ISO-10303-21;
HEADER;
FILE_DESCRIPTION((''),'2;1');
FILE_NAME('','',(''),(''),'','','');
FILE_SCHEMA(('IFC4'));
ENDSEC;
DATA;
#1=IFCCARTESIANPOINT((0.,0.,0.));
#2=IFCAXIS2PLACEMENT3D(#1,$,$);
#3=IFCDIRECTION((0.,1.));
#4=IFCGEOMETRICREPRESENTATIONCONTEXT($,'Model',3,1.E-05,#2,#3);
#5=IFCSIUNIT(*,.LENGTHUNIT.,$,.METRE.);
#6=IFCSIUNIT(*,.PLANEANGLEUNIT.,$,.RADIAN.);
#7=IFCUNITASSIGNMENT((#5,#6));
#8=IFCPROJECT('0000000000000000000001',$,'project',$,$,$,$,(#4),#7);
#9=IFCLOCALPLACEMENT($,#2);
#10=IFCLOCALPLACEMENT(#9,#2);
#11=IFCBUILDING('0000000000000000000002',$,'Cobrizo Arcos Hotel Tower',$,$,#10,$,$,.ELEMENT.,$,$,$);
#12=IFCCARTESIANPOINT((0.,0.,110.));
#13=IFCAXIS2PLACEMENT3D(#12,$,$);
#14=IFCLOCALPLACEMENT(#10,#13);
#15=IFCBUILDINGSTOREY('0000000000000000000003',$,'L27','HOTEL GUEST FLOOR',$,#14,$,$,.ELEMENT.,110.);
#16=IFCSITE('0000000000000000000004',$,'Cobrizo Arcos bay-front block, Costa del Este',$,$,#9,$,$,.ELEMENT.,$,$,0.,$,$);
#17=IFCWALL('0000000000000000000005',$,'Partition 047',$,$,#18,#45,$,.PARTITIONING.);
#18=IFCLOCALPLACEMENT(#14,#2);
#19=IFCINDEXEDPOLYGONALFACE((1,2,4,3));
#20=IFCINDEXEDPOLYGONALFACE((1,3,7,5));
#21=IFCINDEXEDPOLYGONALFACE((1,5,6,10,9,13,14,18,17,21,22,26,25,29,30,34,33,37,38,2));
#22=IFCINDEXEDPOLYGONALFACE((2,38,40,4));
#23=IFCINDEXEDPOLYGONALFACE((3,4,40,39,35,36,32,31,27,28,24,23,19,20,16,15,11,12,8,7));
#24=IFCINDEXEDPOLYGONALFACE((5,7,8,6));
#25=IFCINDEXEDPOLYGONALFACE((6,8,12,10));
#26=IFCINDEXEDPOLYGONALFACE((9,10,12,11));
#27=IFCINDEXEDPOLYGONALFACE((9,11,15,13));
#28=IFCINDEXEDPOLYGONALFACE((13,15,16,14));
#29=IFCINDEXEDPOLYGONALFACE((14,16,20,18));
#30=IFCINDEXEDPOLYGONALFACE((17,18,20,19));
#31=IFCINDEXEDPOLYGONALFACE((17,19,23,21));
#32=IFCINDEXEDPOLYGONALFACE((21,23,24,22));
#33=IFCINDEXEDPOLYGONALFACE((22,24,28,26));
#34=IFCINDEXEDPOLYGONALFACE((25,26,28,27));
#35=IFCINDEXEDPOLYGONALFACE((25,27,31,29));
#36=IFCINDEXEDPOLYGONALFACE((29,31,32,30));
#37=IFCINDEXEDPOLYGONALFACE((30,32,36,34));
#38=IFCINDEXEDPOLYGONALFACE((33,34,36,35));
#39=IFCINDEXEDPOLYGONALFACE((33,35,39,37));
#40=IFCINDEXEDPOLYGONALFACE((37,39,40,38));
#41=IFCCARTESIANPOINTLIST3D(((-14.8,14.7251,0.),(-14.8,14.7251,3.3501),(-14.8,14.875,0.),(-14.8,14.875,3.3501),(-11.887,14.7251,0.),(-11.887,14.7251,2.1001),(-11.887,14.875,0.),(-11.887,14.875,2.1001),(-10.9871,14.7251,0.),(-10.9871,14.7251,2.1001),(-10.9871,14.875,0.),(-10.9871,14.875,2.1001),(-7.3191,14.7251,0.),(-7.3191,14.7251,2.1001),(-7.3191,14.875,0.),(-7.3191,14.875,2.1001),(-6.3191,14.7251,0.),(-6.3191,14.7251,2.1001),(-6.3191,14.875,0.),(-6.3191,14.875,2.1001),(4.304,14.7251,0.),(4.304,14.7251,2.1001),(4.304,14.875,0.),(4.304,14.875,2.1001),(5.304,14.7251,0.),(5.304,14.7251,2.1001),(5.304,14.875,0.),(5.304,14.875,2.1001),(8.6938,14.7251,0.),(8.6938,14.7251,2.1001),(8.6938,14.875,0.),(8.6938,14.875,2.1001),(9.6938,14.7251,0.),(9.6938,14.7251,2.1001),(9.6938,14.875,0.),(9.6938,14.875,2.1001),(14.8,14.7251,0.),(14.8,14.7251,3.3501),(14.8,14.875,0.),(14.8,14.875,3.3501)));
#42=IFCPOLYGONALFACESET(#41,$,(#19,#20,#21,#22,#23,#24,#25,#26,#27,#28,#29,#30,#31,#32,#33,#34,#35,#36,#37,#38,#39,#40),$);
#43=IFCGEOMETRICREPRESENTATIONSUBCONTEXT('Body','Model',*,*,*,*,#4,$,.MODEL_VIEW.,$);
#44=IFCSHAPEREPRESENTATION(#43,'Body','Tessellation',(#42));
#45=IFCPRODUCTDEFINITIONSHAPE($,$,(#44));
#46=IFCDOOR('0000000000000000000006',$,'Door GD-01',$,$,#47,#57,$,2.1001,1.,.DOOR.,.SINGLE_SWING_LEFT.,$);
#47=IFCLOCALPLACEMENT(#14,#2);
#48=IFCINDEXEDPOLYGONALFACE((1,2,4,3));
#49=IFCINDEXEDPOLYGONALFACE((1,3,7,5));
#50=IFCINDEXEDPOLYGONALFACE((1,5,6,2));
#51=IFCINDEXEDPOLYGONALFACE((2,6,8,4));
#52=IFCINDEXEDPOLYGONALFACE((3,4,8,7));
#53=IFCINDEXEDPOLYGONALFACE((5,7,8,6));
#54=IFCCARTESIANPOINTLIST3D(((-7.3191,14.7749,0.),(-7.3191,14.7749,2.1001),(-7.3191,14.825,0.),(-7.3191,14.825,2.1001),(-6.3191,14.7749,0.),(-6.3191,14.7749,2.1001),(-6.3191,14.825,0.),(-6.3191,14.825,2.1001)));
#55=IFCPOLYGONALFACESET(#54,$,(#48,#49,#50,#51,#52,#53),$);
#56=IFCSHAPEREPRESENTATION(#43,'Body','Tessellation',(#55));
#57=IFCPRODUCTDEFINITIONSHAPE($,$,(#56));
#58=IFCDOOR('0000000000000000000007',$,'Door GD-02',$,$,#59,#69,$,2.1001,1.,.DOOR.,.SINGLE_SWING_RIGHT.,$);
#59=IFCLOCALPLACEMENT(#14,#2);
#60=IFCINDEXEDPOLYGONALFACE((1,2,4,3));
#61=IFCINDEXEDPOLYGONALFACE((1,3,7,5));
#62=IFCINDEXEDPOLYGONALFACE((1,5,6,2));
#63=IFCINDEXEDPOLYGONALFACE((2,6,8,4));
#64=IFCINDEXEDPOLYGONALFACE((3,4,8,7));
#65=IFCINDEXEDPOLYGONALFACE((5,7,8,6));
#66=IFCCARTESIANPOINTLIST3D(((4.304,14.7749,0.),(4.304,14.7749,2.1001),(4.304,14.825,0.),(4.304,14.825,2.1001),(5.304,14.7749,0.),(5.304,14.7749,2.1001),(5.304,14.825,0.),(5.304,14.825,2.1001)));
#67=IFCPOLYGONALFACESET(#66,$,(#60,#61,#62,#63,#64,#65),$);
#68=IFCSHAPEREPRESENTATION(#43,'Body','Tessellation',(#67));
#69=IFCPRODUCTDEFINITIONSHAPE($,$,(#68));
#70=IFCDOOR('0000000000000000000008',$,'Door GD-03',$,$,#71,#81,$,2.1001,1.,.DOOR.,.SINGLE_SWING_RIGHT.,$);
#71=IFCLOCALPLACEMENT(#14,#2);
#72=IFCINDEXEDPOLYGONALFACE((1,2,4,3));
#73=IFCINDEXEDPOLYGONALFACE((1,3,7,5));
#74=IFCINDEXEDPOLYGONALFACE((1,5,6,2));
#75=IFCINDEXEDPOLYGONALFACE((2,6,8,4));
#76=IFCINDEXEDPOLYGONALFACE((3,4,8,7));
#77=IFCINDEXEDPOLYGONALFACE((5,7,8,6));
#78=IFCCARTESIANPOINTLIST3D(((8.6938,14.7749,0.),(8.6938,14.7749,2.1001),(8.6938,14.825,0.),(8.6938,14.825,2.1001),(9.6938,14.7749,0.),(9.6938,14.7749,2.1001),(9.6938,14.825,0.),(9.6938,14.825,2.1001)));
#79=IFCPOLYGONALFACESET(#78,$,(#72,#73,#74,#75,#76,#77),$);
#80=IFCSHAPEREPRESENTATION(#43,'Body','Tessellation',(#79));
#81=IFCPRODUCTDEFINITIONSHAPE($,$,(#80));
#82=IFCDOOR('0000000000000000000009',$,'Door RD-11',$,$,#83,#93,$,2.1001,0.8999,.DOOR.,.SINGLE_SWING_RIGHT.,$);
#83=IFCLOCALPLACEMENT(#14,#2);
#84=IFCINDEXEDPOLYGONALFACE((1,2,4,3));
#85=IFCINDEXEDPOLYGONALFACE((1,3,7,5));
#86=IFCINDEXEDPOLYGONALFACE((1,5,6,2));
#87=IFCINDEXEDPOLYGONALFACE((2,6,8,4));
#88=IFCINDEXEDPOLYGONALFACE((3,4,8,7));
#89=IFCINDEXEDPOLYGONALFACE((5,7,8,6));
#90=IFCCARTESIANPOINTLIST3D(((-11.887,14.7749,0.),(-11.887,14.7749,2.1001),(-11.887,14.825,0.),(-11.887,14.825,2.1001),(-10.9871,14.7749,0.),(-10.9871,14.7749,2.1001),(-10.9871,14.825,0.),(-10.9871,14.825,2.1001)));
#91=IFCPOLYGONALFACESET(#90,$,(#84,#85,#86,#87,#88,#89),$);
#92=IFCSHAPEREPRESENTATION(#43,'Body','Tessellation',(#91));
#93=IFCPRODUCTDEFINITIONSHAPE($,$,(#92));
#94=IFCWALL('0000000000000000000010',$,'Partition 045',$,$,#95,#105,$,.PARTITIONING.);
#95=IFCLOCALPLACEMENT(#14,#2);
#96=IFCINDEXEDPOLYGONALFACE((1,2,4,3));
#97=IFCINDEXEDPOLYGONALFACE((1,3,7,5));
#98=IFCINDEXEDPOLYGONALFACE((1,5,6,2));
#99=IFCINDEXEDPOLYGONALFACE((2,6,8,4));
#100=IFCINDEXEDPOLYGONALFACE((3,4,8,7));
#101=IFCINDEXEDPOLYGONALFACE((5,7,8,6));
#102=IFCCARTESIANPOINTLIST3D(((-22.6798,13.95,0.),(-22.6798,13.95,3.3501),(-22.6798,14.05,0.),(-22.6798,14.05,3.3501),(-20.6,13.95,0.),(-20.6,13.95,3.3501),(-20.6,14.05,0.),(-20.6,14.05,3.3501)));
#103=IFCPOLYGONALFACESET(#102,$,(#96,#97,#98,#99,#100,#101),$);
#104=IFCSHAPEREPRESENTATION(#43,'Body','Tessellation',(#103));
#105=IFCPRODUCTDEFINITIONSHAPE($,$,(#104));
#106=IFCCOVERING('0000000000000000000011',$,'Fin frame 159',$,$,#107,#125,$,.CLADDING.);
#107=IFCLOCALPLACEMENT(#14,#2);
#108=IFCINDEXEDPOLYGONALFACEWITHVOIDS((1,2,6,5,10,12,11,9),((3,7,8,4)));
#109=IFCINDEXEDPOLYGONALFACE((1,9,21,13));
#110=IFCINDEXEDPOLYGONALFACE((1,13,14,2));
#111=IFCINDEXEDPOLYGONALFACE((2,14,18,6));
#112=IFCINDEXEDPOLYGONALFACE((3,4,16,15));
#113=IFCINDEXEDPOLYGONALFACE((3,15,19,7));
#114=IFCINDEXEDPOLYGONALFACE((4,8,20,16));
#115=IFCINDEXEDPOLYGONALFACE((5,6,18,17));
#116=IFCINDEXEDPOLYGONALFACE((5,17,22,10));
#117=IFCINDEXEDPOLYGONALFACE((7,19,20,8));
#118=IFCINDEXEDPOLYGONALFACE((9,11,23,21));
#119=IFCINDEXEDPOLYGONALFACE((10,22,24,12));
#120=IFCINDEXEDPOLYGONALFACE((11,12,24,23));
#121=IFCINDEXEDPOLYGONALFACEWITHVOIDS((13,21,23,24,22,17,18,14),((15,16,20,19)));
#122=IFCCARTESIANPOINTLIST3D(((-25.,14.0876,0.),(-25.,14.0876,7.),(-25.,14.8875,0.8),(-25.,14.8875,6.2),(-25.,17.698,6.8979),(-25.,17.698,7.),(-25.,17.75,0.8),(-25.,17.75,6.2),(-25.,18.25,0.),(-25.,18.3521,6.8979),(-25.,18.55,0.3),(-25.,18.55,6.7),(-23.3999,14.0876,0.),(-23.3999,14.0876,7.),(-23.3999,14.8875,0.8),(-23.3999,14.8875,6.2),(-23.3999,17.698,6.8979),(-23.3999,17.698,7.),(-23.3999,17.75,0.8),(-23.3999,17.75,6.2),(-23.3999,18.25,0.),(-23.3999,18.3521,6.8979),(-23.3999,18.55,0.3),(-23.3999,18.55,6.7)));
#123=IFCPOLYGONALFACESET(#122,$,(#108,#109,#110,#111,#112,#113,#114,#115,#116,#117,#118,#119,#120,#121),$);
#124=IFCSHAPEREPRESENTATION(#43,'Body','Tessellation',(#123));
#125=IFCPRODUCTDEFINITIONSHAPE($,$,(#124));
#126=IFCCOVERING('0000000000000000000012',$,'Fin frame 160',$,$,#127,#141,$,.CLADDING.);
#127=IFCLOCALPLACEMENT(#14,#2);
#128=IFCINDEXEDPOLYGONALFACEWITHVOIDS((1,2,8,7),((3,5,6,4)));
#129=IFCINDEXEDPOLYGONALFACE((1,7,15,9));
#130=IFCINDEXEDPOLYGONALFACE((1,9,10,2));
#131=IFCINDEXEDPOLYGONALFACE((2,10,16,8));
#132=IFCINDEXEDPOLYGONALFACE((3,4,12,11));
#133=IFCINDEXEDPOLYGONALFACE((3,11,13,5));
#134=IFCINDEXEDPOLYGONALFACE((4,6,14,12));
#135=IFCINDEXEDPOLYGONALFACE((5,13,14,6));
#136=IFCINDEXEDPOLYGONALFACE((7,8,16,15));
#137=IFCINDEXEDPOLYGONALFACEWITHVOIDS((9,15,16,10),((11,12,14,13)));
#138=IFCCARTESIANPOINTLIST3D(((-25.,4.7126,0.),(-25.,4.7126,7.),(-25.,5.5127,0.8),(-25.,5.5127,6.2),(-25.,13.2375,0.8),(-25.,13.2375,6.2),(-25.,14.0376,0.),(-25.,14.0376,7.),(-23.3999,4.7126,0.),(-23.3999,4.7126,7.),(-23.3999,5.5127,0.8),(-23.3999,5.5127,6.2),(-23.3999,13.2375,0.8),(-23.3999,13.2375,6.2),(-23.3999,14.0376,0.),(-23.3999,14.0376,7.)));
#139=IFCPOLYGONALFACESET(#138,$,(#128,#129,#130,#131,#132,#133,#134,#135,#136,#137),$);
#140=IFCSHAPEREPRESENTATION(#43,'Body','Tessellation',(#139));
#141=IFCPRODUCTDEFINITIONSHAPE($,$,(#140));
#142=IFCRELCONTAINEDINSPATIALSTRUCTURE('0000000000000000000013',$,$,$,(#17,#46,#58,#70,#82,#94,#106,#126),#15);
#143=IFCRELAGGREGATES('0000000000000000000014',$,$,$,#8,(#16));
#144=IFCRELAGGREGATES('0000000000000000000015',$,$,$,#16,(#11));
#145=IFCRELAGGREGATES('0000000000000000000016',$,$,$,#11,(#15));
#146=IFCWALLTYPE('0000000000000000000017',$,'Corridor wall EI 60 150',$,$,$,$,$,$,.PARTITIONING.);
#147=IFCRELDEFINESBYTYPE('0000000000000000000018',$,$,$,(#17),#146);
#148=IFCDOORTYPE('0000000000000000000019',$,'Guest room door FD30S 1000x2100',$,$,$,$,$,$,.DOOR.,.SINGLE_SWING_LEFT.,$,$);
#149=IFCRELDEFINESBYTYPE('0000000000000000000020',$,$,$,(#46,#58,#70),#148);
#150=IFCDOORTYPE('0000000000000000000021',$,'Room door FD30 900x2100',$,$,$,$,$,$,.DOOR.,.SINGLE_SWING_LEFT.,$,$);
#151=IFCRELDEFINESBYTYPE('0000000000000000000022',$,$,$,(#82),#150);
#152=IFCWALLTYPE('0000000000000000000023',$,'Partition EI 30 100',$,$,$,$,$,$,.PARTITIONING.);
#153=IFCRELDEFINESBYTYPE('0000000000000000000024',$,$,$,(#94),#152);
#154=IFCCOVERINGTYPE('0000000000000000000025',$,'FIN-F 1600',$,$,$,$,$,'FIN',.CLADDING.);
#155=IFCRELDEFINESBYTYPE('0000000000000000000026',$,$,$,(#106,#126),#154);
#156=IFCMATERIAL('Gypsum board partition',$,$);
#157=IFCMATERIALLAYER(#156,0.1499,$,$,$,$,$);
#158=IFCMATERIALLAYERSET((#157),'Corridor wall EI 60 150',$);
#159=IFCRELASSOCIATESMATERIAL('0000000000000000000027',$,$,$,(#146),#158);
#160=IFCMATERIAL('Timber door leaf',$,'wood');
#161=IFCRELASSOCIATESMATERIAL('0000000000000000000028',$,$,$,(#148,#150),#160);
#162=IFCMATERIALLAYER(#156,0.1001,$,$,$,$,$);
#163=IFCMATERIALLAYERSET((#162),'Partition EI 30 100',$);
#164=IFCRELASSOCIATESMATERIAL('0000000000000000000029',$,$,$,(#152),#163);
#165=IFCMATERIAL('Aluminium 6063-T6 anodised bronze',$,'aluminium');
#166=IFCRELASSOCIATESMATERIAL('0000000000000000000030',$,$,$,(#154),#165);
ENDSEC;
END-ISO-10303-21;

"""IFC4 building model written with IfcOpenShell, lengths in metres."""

from ifc_helpers import new_model, si_unit, direction, frame, frame_2d, origin, place, context, subcontext, project, spatial, polyline, rectangle, outline, extrude, material, layer, layer_set, type_object, element, fill, save


model = new_model("IFC4")

# Units and contexts
model_context = context("Model", 3, precision=1e-05, world=origin(), true_north=direction((0.0, 1.0)))
body_context = subcontext(model_context, "Body", "Model", "MODEL_VIEW")
ifc_project = project(units=[si_unit("LENGTHUNIT", "METRE"), si_unit("PLANEANGLEUNIT", "RADIAN")], contexts=[model_context])

# Site, building, storey
site_placement = place(None, origin())
site = spatial("IfcSite", under=ifc_project, at=site_placement, Name="Cobrizo Arcos bay-front block, Costa del Este", CompositionType="ELEMENT", RefElevation=0.0)
building_placement = place(site_placement, origin())
building = spatial("IfcBuilding", under=site, at=building_placement, Name="Cobrizo Arcos Hotel Tower", CompositionType="ELEMENT")
storey_placement = place(building_placement, frame((0.0, 0.0, 110.0)))
storey = spatial("IfcBuildingStorey", under=building, at=storey_placement, Name="L27", Description="HOTEL GUEST FLOOR", CompositionType="ELEMENT", Elevation=110.0)

# Shared definitions
ifc_material_1 = material(Name="Aluminium 6063-T6 anodised bronze", Category="aluminium")

# Wall, openings, doors
ifc_material_2 = material(Name="Gypsum board partition")
ifc_layer_1 = layer(ifc_material_2, 0.1499)
ifc_layer_set_1 = layer_set([ifc_layer_1], Name="Corridor wall EI 60 150")
wall_type_1 = type_object("IfcWallType", Name="Corridor wall EI 60 150", PredefinedType="PARTITIONING", material=ifc_layer_set_1)
wall_1_placement = place(storey_placement, frame((-14.8, 14.8, 0.0), z_axis=(0.0, 0.0, 1.0), x_axis=(1.0, 0.0, 0.0)))
wall_1 = element("IfcWall", 1, at=wall_1_placement, inside=storey, type_object=wall_type_1, Name="Partition 047", PredefinedType="PARTITIONING", context=body_context, shape_type="SweptSolid", body=[
    extrude(rectangle(XDim=29.6001, YDim=0.1499, at=frame_2d((14.8, 0.0))), origin(), (0.0, 0.0, 1.0), 3.3501),
])
opening_1_placement = place(wall_1_placement, frame((2.9131, 0.0, 0.0)))
opening_1 = element("IfcOpeningElement", 2, at=opening_1_placement, cuts=wall_1, PredefinedType="OPENING", context=body_context, shape_type="SweptSolid", body=[
    extrude(rectangle(XDim=0.8999, YDim=2.1001, at=frame_2d((0.45, 1.05))), frame((0.0, 0.0869, 0.0), z_axis=(0.0, -1.0, 0.0), x_axis=(1.0, 0.0, 0.0)), (0.0, 0.0, 1.0), 0.1738),
])
opening_2_placement = place(wall_1_placement, frame((7.481, 0.0, 0.0)))
opening_2 = element("IfcOpeningElement", 3, at=opening_2_placement, cuts=wall_1, PredefinedType="OPENING", context=body_context, shape_type="SweptSolid", body=[
    extrude(rectangle(XDim=1.0, YDim=2.1001, at=frame_2d((0.5, 1.05))), frame((0.0, 0.0869, 0.0), z_axis=(0.0, -1.0, 0.0), x_axis=(1.0, 0.0, 0.0)), (0.0, 0.0, 1.0), 0.1738),
])
opening_3_placement = place(wall_1_placement, frame((19.104, 0.0, 0.0)))
opening_3 = element("IfcOpeningElement", 4, at=opening_3_placement, cuts=wall_1, PredefinedType="OPENING", context=body_context, shape_type="SweptSolid", body=[
    extrude(rectangle(XDim=1.0, YDim=2.1001, at=frame_2d((0.5, 1.05))), frame((0.0, 0.0869, 0.0), z_axis=(0.0, -1.0, 0.0), x_axis=(1.0, 0.0, 0.0)), (0.0, 0.0, 1.0), 0.1738),
])
opening_4_placement = place(wall_1_placement, frame((23.4939, 0.0, 0.0)))
opening_4 = element("IfcOpeningElement", 5, at=opening_4_placement, cuts=wall_1, PredefinedType="OPENING", context=body_context, shape_type="SweptSolid", body=[
    extrude(rectangle(XDim=1.0, YDim=2.1001, at=frame_2d((0.5, 1.05))), frame((0.0, 0.0869, 0.0), z_axis=(0.0, -1.0, 0.0), x_axis=(1.0, 0.0, 0.0)), (0.0, 0.0, 1.0), 0.1738),
])
ifc_material_3 = material(Name="Timber door leaf", Category="wood")
door_type_1 = type_object("IfcDoorType", Name="Guest room door FD30S 1000x2100", OperationType="SINGLE_SWING_LEFT", PredefinedType="DOOR", material=ifc_material_3)
door_1_placement = place(opening_2_placement, origin())
door_1 = element("IfcDoor", 6, at=door_1_placement, inside=storey, type_object=door_type_1, Name="Door GD-01", OperationType="SINGLE_SWING_LEFT", OverallHeight=2.1001, OverallWidth=1.0, PredefinedType="DOOR", context=body_context, shape_type="SweptSolid", body=[
    extrude(rectangle(XDim=1.0, YDim=2.1001, at=frame_2d((0.5, 1.05))), frame((0.0, 0.0249, 0.0), z_axis=(0.0, -1.0, 0.0), x_axis=(1.0, 0.0, 0.0)), (0.0, 0.0, 1.0), 0.05),
])
fill(opening_2, door_1)
door_2_placement = place(opening_3_placement, origin())
door_2 = element("IfcDoor", 7, at=door_2_placement, inside=storey, type_object=door_type_1, Name="Door GD-02", OperationType="SINGLE_SWING_RIGHT", OverallHeight=2.1001, OverallWidth=1.0, PredefinedType="DOOR", context=body_context, shape_type="SweptSolid", body=[
    extrude(rectangle(XDim=1.0, YDim=2.1001, at=frame_2d((0.5, 1.05))), frame((0.0, 0.0249, 0.0), z_axis=(0.0, -1.0, 0.0), x_axis=(1.0, 0.0, 0.0)), (0.0, 0.0, 1.0), 0.05),
])
fill(opening_3, door_2)
door_3_placement = place(opening_4_placement, origin())
door_3 = element("IfcDoor", 8, at=door_3_placement, inside=storey, type_object=door_type_1, Name="Door GD-03", OperationType="SINGLE_SWING_RIGHT", OverallHeight=2.1001, OverallWidth=1.0, PredefinedType="DOOR", context=body_context, shape_type="SweptSolid", body=[
    extrude(rectangle(XDim=1.0, YDim=2.1001, at=frame_2d((0.5, 1.05))), frame((0.0, 0.0249, 0.0), z_axis=(0.0, -1.0, 0.0), x_axis=(1.0, 0.0, 0.0)), (0.0, 0.0, 1.0), 0.05),
])
fill(opening_4, door_3)
door_type_2 = type_object("IfcDoorType", Name="Room door FD30 900x2100", OperationType="SINGLE_SWING_LEFT", PredefinedType="DOOR", material=ifc_material_3)
door_4_placement = place(opening_1_placement, origin())
door_4 = element("IfcDoor", 9, at=door_4_placement, inside=storey, type_object=door_type_2, Name="Door RD-11", OperationType="SINGLE_SWING_RIGHT", OverallHeight=2.1001, OverallWidth=0.8999, PredefinedType="DOOR", context=body_context, shape_type="SweptSolid", body=[
    extrude(rectangle(XDim=0.8999, YDim=2.1001, at=frame_2d((0.45, 1.05))), frame((0.0, 0.0249, 0.0), z_axis=(0.0, -1.0, 0.0), x_axis=(1.0, 0.0, 0.0)), (0.0, 0.0, 1.0), 0.05),
])
fill(opening_1, door_4)

# Wall
ifc_layer_2 = layer(ifc_material_2, 0.1001)
ifc_layer_set_2 = layer_set([ifc_layer_2], Name="Partition EI 30 100")
wall_type_2 = type_object("IfcWallType", Name="Partition EI 30 100", PredefinedType="PARTITIONING", material=ifc_layer_set_2)
wall_2_placement = place(storey_placement, frame((-22.6799, 14.0, 0.0), z_axis=(0.0, 0.0, 1.0), x_axis=(1.0, 0.0, 0.0)))
element("IfcWall", 10, at=wall_2_placement, inside=storey, type_object=wall_type_2, Name="Partition 045", PredefinedType="PARTITIONING", context=body_context, shape_type="SweptSolid", body=[
    extrude(rectangle(XDim=2.0798, YDim=0.1001, at=frame_2d((1.04, 0.0))), origin(), (0.0, 0.0, 1.0), 3.3501),
])

# Coverings
covering_type = type_object("IfcCoveringType", Name="FIN-F 1600", ElementType="FIN", PredefinedType="CLADDING", material=ifc_material_1)
covering_1_placement = place(storey_placement, frame((-23.3999, 18.55, 0.0), z_axis=(-1.0, 0.0, 0.0), x_axis=(0.0, -1.0, 0.0)))
element("IfcCovering", 11, at=covering_1_placement, inside=storey, type_object=covering_type, Name="Fin frame 159", PredefinedType="CLADDING", context=body_context, shape_type="SweptSolid", body=[
    extrude(outline(polyline([(4.4624, 7.0), (0.8521, 7.0), (0.8521, 6.8979), (0.198, 6.8979), (0.0, 6.7), (0.0, 0.3), (0.3, 0.0), (4.4624, 0.0), (4.4624, 7.0)]), holes=[polyline([(3.6626, 0.8), (0.8, 0.8), (0.8, 6.2), (3.6626, 6.2), (3.6626, 0.8)])]), origin(), (0.0, 0.0, 1.0), 1.6001),
])
covering_2_placement = place(storey_placement, frame((-23.3999, 14.0376, 0.0), z_axis=(-1.0, 0.0, 0.0), x_axis=(0.0, -1.0, 0.0)))
element("IfcCovering", 12, at=covering_2_placement, inside=storey, type_object=covering_type, Name="Fin frame 160", PredefinedType="CLADDING", context=body_context, shape_type="SweptSolid", body=[
    extrude(outline(polyline([(0.0, 7.0), (0.0, 0.0), (9.325, 0.0), (9.325, 7.0), (0.0, 7.0)]), holes=[polyline([(8.5249, 0.8), (0.8, 0.8), (0.8, 6.2), (8.5249, 6.2), (8.5249, 0.8)])]), origin(), (0.0, 0.0, 1.0), 1.6001),
])

save(model, "model.ifc")
